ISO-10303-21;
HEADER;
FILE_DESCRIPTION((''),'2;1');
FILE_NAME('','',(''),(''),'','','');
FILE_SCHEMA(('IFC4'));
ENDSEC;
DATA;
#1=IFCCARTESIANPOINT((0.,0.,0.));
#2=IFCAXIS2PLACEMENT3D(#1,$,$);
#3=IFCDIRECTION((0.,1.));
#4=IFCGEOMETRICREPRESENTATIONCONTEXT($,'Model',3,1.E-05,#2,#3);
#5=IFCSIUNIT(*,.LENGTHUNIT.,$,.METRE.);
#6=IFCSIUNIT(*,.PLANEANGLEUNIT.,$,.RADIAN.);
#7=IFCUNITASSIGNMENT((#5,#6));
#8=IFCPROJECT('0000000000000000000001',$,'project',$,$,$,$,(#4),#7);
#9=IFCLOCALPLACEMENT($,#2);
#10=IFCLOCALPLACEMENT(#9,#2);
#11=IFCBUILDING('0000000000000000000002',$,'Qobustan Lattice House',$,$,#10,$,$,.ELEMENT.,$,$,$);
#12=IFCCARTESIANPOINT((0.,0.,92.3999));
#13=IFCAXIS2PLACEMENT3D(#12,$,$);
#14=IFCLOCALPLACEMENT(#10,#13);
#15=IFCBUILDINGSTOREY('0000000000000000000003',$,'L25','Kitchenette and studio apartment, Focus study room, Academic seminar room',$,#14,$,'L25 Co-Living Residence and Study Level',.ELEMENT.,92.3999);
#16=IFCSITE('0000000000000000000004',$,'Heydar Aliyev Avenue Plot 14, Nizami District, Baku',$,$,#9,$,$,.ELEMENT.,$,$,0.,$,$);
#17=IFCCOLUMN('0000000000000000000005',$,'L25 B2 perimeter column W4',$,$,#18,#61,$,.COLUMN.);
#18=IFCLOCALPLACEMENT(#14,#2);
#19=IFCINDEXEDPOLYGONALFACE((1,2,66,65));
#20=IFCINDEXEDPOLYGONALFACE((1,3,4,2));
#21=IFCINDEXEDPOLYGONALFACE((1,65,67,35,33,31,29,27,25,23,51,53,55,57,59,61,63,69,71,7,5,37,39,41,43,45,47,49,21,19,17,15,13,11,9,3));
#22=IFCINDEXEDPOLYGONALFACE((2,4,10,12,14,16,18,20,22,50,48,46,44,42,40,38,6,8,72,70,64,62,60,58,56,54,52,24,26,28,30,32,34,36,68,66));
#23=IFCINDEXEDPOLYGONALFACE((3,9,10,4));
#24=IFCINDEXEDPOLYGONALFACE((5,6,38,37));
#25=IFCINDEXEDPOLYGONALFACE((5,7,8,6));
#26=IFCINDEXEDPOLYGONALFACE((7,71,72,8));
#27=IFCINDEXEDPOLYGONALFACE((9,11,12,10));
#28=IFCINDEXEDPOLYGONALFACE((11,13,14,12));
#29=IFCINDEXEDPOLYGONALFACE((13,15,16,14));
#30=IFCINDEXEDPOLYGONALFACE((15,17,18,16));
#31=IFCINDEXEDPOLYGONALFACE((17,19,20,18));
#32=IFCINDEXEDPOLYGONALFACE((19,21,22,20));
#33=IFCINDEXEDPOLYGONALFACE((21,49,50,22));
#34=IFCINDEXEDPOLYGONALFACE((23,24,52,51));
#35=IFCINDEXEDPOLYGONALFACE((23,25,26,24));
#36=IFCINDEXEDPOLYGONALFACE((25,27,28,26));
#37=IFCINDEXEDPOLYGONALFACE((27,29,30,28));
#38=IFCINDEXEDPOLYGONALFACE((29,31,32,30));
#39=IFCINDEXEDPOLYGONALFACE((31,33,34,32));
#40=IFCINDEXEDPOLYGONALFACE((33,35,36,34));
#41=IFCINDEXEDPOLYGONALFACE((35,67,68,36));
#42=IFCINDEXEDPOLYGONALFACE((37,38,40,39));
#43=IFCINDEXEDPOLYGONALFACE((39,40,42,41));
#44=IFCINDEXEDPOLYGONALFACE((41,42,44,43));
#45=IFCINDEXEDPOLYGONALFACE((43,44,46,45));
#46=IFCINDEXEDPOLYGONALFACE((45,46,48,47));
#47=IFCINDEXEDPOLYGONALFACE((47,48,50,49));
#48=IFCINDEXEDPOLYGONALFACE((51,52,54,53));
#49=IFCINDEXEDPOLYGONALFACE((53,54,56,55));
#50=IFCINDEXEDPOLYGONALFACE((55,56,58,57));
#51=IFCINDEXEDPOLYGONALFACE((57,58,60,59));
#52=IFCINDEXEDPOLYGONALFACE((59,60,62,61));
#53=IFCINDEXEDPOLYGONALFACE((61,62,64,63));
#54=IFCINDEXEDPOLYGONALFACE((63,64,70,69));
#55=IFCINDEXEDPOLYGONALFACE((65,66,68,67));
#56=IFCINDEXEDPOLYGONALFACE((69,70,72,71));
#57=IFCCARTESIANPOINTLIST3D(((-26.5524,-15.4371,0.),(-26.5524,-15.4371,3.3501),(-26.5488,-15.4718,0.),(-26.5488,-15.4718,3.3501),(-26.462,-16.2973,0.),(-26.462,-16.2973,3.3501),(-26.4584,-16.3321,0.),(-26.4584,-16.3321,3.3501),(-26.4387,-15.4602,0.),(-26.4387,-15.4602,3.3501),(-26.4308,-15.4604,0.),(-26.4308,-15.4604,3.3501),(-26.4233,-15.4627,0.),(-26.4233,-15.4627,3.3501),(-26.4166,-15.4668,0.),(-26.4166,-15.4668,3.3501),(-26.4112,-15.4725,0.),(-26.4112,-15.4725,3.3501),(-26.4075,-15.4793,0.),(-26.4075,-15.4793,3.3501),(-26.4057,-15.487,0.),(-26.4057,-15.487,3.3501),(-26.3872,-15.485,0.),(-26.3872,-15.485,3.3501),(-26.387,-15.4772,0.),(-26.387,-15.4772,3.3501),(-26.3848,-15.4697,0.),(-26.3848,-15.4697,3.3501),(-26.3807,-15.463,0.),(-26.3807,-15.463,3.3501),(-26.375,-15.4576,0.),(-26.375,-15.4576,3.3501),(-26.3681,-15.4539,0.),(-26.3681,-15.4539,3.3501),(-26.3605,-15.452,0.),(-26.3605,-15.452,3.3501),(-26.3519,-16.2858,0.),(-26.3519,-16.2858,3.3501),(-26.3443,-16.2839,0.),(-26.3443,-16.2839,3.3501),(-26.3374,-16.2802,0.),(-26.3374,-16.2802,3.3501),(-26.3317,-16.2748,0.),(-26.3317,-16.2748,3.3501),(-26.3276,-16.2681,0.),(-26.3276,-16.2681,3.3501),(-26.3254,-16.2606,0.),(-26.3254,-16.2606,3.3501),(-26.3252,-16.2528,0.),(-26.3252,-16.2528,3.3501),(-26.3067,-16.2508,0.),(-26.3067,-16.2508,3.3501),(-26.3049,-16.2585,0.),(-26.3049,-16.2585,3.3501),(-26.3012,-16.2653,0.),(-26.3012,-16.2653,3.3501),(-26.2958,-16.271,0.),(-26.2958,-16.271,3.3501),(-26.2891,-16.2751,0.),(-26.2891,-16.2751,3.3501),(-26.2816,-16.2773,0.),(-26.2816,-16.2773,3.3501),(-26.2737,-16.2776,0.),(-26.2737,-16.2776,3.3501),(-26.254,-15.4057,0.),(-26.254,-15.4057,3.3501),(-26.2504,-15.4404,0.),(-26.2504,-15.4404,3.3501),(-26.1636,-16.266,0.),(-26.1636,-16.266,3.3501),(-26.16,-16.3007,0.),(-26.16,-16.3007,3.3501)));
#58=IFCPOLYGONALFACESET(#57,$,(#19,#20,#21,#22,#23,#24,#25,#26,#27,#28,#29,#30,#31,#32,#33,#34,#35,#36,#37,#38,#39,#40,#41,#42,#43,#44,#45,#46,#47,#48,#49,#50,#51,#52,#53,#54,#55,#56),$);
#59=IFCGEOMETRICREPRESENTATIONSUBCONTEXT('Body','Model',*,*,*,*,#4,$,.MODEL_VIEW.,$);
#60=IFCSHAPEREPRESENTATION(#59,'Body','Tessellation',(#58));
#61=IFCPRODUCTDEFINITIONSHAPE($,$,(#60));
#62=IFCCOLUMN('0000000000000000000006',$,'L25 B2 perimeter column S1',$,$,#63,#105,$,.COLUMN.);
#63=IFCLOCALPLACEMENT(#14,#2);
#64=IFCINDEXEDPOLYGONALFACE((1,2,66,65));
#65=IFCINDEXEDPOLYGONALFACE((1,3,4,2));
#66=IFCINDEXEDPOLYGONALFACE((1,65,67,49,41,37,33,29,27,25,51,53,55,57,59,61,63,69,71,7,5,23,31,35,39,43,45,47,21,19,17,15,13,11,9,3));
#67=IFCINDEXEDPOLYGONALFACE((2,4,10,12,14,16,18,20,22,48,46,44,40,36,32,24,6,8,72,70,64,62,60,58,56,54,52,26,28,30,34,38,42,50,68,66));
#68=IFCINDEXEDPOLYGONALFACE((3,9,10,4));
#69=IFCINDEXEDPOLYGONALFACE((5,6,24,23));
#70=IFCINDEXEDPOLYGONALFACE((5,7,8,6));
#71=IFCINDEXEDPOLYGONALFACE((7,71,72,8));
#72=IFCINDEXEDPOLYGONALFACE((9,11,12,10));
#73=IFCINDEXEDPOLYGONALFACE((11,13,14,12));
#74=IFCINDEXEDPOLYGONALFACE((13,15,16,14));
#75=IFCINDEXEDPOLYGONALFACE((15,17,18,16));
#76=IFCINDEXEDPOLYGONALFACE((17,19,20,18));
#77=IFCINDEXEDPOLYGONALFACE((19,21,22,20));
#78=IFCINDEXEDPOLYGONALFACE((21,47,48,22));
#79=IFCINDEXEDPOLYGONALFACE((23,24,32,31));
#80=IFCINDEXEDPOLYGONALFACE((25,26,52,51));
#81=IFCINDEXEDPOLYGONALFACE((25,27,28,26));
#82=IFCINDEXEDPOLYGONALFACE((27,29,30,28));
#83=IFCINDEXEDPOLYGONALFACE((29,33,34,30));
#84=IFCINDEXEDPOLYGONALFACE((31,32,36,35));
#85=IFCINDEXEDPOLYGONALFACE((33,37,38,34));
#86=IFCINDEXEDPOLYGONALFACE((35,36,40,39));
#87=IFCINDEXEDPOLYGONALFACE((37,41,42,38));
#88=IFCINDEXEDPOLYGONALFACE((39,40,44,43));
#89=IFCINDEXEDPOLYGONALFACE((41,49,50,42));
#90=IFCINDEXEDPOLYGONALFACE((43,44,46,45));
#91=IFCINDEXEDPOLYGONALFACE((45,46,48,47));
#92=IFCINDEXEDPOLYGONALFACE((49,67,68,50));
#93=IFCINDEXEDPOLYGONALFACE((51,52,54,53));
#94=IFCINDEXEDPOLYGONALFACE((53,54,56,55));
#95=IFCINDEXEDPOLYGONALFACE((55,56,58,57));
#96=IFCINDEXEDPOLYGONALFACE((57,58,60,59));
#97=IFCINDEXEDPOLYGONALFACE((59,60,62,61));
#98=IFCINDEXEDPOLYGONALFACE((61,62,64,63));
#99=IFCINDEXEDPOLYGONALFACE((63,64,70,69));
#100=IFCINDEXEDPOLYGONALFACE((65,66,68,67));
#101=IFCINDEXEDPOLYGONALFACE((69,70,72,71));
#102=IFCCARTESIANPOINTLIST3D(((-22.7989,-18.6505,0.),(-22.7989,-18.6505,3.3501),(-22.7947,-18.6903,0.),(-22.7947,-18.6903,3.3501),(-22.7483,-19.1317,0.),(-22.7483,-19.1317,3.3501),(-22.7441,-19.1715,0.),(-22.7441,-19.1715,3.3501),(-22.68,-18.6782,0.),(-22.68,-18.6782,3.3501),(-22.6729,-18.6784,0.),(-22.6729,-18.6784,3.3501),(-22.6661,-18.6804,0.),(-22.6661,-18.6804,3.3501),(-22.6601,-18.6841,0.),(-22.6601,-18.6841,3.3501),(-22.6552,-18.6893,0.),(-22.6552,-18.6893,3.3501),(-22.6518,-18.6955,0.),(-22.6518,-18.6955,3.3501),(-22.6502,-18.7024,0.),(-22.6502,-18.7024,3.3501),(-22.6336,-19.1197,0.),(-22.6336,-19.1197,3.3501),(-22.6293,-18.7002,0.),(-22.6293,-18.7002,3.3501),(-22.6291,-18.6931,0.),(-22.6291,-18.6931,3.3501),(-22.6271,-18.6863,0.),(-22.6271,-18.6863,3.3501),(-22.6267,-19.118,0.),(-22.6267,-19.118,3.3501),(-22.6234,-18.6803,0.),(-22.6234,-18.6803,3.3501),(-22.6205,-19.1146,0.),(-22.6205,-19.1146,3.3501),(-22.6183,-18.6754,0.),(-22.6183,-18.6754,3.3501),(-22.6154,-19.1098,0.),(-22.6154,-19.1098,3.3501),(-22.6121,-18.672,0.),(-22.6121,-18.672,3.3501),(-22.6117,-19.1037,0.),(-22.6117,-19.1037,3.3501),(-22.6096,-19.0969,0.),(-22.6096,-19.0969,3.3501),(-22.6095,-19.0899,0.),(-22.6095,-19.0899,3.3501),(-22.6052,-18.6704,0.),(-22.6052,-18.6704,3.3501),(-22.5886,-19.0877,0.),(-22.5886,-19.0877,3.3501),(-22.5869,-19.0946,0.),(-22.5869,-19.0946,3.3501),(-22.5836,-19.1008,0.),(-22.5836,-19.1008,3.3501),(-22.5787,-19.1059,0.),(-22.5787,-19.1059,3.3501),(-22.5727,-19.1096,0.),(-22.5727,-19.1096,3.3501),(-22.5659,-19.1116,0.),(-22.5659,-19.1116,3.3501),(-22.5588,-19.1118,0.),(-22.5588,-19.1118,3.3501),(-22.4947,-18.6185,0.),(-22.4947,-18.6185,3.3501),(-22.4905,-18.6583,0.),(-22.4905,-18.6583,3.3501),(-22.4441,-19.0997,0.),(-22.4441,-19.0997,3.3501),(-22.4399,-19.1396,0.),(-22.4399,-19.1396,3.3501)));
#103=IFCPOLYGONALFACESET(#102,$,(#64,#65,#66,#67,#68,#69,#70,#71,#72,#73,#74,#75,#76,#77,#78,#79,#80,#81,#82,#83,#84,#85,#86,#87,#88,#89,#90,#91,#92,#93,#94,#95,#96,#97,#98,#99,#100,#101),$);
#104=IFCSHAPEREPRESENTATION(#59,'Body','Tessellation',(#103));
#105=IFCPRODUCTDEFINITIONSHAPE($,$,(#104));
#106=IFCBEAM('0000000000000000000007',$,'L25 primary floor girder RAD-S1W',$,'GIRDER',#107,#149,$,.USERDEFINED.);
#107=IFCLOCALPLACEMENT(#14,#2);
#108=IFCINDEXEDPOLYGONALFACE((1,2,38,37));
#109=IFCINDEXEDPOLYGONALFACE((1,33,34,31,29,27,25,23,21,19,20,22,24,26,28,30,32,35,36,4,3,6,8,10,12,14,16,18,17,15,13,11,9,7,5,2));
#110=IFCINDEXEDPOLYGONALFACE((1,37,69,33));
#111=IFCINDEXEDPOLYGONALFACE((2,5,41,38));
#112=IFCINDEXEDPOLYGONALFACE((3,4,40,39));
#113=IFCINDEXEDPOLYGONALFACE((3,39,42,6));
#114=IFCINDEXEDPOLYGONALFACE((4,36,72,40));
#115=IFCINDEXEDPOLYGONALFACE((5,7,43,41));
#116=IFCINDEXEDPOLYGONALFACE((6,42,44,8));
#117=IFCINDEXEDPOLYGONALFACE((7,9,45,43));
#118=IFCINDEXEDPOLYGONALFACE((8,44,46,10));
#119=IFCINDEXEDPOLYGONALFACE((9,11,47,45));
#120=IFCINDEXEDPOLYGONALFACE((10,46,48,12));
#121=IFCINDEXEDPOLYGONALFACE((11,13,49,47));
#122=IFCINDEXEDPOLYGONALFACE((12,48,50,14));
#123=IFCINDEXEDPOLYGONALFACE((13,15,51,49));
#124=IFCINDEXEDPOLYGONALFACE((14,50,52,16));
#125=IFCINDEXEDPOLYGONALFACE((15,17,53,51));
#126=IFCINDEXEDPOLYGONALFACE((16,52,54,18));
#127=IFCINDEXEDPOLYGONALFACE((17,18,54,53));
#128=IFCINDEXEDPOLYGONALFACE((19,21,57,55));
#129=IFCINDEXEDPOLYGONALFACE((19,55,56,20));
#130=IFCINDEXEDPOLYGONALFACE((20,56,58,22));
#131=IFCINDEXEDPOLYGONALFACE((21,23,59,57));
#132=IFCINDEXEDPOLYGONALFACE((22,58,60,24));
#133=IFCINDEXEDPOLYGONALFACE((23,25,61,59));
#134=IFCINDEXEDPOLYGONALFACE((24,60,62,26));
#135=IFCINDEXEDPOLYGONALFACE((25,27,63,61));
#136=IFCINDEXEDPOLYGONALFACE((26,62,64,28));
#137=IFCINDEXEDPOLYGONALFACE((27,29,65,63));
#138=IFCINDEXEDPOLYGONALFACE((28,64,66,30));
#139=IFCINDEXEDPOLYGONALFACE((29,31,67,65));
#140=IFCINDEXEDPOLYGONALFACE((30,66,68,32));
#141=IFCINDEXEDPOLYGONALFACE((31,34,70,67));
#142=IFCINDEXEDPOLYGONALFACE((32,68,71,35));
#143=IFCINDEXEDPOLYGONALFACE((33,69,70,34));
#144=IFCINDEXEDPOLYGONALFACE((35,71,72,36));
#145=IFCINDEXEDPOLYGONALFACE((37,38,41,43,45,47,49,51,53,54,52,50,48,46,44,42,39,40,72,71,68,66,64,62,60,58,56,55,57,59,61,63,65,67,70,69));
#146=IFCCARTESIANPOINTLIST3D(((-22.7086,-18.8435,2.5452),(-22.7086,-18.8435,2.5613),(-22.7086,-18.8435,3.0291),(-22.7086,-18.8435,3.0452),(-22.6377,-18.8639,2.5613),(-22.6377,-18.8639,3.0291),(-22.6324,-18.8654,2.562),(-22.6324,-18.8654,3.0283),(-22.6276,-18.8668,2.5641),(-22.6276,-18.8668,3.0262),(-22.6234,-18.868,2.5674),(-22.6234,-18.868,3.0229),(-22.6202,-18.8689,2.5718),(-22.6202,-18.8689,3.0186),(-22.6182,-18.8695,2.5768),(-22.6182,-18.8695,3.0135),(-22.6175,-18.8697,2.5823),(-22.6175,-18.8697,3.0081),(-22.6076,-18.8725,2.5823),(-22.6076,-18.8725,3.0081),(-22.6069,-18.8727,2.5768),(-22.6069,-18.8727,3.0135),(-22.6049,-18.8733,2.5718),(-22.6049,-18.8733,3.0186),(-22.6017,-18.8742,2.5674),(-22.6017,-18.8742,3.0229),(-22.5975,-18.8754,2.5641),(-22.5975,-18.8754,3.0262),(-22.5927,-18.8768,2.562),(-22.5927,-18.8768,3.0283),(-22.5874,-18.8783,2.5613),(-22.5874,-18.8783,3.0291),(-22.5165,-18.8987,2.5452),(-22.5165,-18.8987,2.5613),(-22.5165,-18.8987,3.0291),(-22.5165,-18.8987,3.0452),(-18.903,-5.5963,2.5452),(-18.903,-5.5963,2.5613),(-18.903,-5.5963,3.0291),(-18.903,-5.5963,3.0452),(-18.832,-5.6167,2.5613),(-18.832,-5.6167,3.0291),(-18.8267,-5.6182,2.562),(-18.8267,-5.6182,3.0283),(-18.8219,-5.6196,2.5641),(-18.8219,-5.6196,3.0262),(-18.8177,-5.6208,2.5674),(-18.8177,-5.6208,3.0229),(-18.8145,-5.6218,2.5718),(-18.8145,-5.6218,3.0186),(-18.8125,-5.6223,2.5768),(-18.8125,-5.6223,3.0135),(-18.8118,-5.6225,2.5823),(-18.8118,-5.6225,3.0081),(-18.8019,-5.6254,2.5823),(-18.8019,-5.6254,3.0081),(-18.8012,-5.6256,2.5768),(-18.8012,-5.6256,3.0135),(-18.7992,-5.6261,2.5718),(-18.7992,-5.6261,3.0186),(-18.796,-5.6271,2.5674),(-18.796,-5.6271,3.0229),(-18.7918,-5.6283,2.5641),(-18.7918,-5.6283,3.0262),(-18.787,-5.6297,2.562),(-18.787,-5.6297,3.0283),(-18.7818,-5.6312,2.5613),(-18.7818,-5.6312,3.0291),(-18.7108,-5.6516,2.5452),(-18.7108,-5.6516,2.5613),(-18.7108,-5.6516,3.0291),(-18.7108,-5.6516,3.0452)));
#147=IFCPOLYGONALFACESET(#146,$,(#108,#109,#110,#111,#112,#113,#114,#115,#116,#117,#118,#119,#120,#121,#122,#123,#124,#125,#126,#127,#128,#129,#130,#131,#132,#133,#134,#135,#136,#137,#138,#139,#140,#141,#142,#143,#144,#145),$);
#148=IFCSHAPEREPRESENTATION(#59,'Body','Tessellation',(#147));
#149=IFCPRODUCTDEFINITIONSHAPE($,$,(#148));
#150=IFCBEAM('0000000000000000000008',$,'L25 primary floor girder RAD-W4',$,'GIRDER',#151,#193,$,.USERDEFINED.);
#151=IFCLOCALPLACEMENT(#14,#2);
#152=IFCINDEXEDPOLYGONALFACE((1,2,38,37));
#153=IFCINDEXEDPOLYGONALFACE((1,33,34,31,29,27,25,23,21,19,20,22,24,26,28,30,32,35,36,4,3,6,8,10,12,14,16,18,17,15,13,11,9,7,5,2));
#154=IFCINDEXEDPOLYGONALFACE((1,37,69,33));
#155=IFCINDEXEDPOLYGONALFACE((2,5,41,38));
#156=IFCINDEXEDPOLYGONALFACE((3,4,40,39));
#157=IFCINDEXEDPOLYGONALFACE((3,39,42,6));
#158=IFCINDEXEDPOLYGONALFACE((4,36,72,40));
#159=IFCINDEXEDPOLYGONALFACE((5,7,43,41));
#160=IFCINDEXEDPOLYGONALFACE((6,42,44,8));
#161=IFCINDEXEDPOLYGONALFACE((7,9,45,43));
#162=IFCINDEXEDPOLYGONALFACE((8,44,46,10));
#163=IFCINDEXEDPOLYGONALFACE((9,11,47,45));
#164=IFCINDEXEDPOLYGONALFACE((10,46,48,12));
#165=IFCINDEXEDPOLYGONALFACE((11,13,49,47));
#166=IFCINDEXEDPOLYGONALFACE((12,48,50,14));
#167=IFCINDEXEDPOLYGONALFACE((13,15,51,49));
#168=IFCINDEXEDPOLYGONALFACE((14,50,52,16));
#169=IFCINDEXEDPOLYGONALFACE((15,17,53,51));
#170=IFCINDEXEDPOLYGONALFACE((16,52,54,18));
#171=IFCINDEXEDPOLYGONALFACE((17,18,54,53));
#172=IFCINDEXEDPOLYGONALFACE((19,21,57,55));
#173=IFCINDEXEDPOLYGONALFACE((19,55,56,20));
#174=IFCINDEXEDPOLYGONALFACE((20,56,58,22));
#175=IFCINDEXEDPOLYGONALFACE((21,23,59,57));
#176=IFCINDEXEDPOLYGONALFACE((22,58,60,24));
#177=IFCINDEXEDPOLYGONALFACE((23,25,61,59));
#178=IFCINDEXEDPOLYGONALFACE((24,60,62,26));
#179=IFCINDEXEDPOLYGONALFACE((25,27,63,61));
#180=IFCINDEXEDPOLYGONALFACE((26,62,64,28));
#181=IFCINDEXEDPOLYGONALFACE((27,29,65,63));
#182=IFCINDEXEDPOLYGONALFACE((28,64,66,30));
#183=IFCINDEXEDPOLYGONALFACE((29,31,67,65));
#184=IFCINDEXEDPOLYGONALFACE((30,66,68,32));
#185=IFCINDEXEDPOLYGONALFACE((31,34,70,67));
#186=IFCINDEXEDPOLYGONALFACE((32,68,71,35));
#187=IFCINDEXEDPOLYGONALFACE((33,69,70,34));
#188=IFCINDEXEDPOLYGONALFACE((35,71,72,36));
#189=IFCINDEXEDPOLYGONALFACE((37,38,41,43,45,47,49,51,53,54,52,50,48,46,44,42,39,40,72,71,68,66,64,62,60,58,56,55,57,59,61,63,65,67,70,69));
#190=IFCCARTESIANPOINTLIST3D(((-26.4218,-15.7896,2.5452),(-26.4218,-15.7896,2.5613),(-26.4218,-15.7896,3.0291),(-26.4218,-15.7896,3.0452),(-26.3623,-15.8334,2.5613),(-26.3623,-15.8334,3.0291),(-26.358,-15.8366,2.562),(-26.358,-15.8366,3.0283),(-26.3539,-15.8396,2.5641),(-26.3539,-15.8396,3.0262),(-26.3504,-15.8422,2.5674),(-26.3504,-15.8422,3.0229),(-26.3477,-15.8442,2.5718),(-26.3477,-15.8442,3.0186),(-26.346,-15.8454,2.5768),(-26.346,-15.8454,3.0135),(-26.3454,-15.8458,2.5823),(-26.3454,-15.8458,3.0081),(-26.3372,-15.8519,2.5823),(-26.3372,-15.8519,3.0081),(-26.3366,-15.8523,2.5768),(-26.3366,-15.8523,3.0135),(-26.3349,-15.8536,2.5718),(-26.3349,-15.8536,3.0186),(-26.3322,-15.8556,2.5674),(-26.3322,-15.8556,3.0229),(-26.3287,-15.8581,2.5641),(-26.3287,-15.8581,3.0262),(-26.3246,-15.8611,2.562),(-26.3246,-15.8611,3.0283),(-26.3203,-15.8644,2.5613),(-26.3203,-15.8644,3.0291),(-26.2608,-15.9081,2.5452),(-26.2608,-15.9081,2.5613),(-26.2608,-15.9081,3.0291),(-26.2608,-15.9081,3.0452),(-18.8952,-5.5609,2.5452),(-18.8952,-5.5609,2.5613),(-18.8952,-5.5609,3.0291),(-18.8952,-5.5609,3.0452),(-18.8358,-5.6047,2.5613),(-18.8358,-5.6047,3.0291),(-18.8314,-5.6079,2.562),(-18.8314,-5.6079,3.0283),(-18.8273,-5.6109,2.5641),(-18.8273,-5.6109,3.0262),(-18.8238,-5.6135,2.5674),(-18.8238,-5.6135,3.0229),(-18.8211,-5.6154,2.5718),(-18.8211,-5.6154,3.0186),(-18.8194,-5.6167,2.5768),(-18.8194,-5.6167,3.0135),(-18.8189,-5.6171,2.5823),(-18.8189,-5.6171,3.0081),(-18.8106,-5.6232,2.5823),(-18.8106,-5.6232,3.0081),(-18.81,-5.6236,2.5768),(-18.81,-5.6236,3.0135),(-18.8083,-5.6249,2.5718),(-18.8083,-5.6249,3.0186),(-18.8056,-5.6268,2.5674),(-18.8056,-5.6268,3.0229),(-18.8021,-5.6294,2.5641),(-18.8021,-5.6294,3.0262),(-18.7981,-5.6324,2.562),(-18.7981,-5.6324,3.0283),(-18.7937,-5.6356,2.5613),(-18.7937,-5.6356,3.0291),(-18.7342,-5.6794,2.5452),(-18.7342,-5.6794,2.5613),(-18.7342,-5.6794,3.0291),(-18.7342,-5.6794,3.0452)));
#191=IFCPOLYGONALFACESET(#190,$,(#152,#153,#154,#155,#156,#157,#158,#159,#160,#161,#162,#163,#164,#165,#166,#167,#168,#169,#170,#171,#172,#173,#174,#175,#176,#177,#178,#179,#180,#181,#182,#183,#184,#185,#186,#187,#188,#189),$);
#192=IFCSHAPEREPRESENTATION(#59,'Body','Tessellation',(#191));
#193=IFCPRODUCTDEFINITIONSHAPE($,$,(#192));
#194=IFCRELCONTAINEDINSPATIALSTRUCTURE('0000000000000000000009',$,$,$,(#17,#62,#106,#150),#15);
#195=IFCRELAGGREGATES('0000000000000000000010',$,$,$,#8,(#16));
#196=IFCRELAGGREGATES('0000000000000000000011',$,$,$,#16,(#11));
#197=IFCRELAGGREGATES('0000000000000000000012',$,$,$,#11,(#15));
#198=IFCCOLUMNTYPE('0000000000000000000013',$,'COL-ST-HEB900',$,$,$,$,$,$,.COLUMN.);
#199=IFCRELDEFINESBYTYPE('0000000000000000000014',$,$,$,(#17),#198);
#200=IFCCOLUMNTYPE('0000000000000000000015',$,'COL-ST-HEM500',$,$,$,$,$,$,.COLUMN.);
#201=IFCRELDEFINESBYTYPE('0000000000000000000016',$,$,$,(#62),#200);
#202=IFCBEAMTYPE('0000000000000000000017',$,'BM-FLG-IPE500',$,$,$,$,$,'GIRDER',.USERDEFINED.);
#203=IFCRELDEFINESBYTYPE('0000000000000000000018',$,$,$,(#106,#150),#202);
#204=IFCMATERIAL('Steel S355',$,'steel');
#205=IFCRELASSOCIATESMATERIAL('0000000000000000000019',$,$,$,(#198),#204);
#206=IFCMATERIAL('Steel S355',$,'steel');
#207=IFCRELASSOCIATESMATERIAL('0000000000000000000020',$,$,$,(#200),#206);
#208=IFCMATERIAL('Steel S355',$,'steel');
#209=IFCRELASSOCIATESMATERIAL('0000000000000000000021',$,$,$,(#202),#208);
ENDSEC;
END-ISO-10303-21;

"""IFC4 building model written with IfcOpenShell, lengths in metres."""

from ifc_helpers import new_model, si_unit, direction, frame, origin, origin_2d, place, context, subcontext, project, spatial, i_section, extrude, material, material_profile, profile_set, type_object, element, save


model = new_model("IFC4")

# Units and contexts
model_context = context("Model", 3, precision=1e-05, world=origin(), true_north=direction((0.0, 1.0)))
body_context = subcontext(model_context, "Body", "Model", "MODEL_VIEW")
ifc_project = project(units=[si_unit("LENGTHUNIT", "METRE"), si_unit("PLANEANGLEUNIT", "RADIAN")], contexts=[model_context])

# Site, building, storey
site_placement = place(None, origin())
site = spatial("IfcSite", under=ifc_project, at=site_placement, Name="Heydar Aliyev Avenue Plot 14, Nizami District, Baku", CompositionType="ELEMENT", RefElevation=0.0)
building_placement = place(site_placement, origin())
building = spatial("IfcBuilding", under=site, at=building_placement, Name="Qobustan Lattice House", CompositionType="ELEMENT")
storey_placement = place(building_placement, frame((0.0, 0.0, 92.3999)))
storey = spatial("IfcBuildingStorey", under=building, at=storey_placement, Name="L25", Description="Kitchenette and studio apartment, Focus study room, Academic seminar room", LongName="L25 Co-Living Residence and Study Level", CompositionType="ELEMENT", Elevation=92.3999)

# Columns
ifc_material_1 = material(Name="Steel S355", Category="steel")
ifc_material_profile_1 = material_profile(ifc_material_1, i_section(OverallWidth=0.3, OverallDepth=0.8999, WebThickness=0.0186, FlangeThickness=0.0349, FilletRadius=0.03, at=origin_2d()), Name="HEB900")
ifc_profile_set_1 = profile_set([ifc_material_profile_1], Name="Steel S355")
column_type_1 = type_object("IfcColumnType", Name="COL-ST-HEB900", PredefinedType="COLUMN", material=ifc_profile_set_1)
column_1_placement = place(storey_placement, frame((-26.3562, -15.8689, 0.0), z_axis=(0.0, 0.0, 1.0), x_axis=(0.994522, 0.104528, 0.0)))
element("IfcColumn", 1, at=column_1_placement, inside=storey, type_object=column_type_1, Name="L25 B2 perimeter column W4", PredefinedType="COLUMN", context=body_context, shape_type="SweptSolid", body=[
    extrude(i_section(OverallWidth=0.3, OverallDepth=0.8999, WebThickness=0.0186, FlangeThickness=0.0349, FilletRadius=0.03, at=origin_2d()), origin(), (0.0, 0.0, 1.0), 3.3501),
])
ifc_material_2 = material(Name="Steel S355", Category="steel")
ifc_material_profile_2 = material_profile(ifc_material_2, i_section(OverallWidth=0.3059, OverallDepth=0.5239, WebThickness=0.021, FlangeThickness=0.04, FilletRadius=0.0271, at=origin_2d()), Name="HEM500")
ifc_profile_set_2 = profile_set([ifc_material_profile_2], Name="Steel S355")
column_type_2 = type_object("IfcColumnType", Name="COL-ST-HEM500", PredefinedType="COLUMN", material=ifc_profile_set_2)
column_2_placement = place(storey_placement, frame((-22.6194, -18.895, 0.0), z_axis=(0.0, 0.0, 1.0), x_axis=(0.994522, 0.104528, 0.0)))
element("IfcColumn", 2, at=column_2_placement, inside=storey, type_object=column_type_2, Name="L25 B2 perimeter column S1", PredefinedType="COLUMN", context=body_context, shape_type="SweptSolid", body=[
    extrude(i_section(OverallWidth=0.3059, OverallDepth=0.5239, WebThickness=0.021, FlangeThickness=0.04, FilletRadius=0.0271, at=origin_2d()), origin(), (0.0, 0.0, 1.0), 3.3501),
])

# Beams
ifc_material_3 = material(Name="Steel S355", Category="steel")
ifc_material_profile_3 = material_profile(ifc_material_3, i_section(OverallWidth=0.2, OverallDepth=0.5, WebThickness=0.0103, FlangeThickness=0.0161, FilletRadius=0.021, at=origin_2d()), Name="IPE500")
ifc_profile_set_3 = profile_set([ifc_material_profile_3], Name="Steel S355")
beam_type_1 = type_object("IfcBeamType", Name="BM-FLG-IPE500", ElementType="GIRDER", PredefinedType="USERDEFINED", material=ifc_profile_set_3)
beam_1_placement = place(storey_placement, frame((-22.6125, -18.8711, 2.7952), z_axis=(0.276115, 0.961125, 0.0), x_axis=(-0.961125, 0.276115, 0.0)))
element("IfcBeam", 3, at=beam_1_placement, inside=storey, type_object=beam_type_1, Name="L25 primary floor girder RAD-S1W", ObjectType="GIRDER", PredefinedType="USERDEFINED", context=body_context, shape_type="SweptSolid", body=[
    extrude(i_section(OverallWidth=0.2, OverallDepth=0.5, WebThickness=0.0103, FlangeThickness=0.0161, FilletRadius=0.021, at=origin_2d()), origin(), (0.0, 0.0, 1.0), 13.783),
])
beam_2_placement = place(storey_placement, frame((-26.3413, -15.8489, 2.7952), z_axis=(0.59267, 0.805446, 0.0), x_axis=(-0.805446, 0.59267, 0.0)))
element("IfcBeam", 4, at=beam_2_placement, inside=storey, type_object=beam_type_1, Name="L25 primary floor girder RAD-W4", ObjectType="GIRDER", PredefinedType="USERDEFINED", context=body_context, shape_type="SweptSolid", body=[
    extrude(i_section(OverallWidth=0.2, OverallDepth=0.5, WebThickness=0.0103, FlangeThickness=0.0161, FilletRadius=0.021, at=origin_2d()), origin(), (0.0, 0.0, 1.0), 12.6995),
])

save(model, "model.ifc")
